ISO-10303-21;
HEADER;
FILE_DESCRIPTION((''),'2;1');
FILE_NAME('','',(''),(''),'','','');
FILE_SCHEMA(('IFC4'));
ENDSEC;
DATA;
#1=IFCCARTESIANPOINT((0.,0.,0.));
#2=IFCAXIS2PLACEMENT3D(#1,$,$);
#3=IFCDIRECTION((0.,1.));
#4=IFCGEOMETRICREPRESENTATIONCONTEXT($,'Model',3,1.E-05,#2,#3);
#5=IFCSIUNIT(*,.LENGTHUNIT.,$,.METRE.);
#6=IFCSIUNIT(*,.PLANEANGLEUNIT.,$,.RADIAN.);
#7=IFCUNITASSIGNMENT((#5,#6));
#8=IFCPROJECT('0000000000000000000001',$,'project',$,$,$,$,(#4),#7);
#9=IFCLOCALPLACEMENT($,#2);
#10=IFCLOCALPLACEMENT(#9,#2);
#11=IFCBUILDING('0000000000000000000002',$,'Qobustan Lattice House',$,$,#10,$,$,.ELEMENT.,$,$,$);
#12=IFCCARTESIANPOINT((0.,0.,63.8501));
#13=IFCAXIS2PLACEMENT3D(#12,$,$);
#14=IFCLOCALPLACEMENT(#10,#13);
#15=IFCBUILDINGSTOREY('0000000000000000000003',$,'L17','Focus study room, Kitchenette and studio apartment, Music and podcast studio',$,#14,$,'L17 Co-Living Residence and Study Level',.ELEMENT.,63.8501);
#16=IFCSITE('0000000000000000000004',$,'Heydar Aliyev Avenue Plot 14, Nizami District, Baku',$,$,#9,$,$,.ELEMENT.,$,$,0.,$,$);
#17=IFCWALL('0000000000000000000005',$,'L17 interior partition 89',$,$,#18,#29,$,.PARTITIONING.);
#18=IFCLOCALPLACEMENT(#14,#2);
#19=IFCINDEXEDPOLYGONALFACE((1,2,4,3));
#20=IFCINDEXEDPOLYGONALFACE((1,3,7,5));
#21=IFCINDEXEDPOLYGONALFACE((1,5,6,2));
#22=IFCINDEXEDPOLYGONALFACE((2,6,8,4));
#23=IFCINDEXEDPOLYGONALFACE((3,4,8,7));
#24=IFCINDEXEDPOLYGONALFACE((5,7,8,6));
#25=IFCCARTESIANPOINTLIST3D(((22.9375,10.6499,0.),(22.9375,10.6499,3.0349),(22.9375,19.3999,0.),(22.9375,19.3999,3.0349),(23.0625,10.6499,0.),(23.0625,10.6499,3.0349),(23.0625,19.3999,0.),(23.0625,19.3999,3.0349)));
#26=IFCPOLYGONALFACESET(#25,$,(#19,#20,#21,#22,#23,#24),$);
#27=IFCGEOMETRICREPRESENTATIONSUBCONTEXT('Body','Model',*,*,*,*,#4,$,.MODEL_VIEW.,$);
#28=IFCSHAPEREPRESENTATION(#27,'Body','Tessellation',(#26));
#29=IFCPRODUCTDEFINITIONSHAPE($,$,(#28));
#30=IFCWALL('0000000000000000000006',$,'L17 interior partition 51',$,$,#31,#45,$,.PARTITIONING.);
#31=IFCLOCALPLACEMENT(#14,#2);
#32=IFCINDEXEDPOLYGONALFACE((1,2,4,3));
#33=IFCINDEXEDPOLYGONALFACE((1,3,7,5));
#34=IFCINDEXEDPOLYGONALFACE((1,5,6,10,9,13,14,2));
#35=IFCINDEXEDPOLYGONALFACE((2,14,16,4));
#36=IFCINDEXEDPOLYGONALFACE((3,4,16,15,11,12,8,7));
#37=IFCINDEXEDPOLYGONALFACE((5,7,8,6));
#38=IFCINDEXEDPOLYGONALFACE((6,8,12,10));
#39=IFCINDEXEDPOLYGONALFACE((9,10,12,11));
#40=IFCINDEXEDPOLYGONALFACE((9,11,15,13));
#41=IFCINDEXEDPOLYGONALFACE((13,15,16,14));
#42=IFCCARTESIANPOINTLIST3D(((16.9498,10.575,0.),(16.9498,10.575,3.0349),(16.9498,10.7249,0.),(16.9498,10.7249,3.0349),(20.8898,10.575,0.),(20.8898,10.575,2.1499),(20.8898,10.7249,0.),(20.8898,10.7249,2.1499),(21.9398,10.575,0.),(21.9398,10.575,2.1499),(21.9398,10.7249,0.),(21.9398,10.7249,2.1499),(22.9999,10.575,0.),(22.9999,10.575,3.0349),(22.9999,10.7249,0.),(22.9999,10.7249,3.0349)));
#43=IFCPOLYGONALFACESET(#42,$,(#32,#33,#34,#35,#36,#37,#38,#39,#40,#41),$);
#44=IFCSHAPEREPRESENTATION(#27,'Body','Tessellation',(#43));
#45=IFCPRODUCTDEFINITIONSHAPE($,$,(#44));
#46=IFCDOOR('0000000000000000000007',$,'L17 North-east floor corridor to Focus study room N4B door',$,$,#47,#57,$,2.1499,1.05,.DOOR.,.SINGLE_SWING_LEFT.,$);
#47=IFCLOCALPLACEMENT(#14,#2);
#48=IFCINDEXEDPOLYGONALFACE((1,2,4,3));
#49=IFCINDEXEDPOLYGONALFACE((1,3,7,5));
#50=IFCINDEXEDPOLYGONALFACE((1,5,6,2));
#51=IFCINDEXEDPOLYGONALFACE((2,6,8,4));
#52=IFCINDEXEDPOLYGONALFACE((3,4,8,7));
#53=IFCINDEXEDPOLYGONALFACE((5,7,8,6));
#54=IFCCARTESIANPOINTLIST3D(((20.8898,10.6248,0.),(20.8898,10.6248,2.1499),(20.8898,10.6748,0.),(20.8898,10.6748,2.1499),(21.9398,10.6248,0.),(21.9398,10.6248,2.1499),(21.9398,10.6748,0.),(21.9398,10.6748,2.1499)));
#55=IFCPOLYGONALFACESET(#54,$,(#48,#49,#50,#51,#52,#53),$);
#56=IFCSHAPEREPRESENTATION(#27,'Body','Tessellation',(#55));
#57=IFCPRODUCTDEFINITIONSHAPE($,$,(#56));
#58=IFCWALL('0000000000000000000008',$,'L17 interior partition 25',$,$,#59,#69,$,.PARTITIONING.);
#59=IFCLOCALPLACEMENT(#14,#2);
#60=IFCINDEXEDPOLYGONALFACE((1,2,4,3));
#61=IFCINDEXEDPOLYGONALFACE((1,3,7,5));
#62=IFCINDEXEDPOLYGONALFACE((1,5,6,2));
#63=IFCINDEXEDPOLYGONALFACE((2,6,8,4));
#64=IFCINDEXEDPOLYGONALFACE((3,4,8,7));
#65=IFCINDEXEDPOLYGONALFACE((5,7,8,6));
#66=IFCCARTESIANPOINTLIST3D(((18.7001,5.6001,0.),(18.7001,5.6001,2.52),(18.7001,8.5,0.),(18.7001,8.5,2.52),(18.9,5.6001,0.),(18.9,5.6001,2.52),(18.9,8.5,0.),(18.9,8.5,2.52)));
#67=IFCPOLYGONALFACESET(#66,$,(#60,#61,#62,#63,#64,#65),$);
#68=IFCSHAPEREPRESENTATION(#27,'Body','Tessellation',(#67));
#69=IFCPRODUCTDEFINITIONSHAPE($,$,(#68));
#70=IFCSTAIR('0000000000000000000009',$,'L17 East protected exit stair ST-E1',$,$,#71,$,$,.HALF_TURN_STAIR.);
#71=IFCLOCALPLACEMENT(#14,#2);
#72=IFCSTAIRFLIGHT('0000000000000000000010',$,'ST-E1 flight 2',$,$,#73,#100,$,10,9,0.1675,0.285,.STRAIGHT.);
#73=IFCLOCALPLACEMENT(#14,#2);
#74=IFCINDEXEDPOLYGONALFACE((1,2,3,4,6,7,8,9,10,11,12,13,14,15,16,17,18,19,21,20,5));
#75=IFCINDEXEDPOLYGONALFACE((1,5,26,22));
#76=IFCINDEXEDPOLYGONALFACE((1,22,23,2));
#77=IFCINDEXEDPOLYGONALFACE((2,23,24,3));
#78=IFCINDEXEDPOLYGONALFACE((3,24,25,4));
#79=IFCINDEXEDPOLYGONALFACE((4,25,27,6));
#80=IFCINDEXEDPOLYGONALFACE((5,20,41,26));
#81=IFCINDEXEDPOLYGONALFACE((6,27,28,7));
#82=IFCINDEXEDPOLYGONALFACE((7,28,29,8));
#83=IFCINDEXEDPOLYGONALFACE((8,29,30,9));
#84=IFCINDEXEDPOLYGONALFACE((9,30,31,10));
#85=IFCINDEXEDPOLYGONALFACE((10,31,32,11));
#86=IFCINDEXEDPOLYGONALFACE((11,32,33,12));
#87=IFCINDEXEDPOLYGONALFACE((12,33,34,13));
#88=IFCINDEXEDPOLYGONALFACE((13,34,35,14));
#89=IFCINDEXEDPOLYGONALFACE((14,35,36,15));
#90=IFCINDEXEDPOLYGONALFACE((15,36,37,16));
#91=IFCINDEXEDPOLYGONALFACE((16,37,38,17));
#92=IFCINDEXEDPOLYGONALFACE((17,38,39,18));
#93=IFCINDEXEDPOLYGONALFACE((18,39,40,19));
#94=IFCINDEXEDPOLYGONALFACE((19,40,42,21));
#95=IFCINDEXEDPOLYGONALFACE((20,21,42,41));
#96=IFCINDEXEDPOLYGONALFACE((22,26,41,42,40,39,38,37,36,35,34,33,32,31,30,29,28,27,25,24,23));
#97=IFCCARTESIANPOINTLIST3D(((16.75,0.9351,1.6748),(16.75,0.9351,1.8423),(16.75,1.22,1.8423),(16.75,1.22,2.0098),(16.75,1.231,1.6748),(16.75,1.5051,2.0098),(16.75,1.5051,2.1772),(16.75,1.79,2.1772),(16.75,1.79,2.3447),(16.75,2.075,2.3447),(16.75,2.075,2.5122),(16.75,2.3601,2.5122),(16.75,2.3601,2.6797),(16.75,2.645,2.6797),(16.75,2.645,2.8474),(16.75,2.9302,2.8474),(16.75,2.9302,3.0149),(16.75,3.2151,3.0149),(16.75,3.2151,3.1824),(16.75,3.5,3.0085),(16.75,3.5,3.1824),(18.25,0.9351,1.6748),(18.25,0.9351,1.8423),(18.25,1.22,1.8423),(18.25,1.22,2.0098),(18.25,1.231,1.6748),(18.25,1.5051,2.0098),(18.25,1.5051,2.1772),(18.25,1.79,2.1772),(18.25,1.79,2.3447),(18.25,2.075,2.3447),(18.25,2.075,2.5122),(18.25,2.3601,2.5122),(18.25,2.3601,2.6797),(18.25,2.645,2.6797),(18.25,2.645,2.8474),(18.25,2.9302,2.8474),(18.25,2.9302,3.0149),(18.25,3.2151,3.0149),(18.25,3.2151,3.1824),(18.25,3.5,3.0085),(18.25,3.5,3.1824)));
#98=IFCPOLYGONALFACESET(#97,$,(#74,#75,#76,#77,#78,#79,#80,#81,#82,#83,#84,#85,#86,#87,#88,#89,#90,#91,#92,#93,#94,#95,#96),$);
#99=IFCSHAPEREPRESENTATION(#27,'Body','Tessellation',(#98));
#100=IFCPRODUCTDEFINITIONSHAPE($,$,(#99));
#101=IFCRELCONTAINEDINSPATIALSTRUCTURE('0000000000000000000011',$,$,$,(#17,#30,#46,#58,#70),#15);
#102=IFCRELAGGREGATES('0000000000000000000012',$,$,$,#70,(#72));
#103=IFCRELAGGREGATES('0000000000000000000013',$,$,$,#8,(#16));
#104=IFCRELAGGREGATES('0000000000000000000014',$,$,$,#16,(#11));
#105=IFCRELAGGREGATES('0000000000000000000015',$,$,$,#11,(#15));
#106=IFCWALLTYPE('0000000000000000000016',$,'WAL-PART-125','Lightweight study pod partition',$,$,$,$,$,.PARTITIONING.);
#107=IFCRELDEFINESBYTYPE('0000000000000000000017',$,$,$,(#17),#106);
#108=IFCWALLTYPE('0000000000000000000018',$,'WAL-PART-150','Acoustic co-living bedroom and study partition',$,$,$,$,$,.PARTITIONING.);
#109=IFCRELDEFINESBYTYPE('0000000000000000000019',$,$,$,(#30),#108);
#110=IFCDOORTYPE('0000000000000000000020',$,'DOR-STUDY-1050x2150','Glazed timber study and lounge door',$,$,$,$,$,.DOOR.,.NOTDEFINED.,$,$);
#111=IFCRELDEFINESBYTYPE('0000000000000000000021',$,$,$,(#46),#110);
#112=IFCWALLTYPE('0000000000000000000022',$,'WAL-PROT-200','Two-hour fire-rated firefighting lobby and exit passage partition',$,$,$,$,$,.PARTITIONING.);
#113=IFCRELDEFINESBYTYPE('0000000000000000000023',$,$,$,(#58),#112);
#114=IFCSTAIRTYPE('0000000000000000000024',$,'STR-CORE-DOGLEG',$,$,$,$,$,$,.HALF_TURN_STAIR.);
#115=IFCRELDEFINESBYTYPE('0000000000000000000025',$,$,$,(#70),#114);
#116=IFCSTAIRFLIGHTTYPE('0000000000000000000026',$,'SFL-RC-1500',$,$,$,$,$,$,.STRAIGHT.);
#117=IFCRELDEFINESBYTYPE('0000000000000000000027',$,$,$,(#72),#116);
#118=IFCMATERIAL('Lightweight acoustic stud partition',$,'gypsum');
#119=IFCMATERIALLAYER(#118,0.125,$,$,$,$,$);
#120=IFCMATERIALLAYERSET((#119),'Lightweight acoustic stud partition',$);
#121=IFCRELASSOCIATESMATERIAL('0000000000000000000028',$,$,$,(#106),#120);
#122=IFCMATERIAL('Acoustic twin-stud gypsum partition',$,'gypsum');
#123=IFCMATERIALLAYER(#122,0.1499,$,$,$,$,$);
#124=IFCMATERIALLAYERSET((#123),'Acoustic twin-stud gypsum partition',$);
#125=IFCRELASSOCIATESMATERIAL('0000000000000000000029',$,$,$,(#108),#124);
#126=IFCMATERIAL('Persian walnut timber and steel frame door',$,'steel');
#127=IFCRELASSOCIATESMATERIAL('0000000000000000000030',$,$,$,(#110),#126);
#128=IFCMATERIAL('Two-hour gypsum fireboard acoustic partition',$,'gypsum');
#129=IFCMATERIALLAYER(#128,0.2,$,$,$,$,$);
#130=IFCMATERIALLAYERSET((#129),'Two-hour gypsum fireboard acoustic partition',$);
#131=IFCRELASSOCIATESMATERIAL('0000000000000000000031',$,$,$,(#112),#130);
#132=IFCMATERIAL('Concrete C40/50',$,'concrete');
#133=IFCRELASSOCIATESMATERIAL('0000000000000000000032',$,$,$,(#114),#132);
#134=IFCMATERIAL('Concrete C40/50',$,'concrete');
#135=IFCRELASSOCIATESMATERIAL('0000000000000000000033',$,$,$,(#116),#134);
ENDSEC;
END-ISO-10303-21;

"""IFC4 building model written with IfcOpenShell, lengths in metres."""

from ifc_helpers import new_model, si_unit, direction, frame, frame_2d, origin, place, context, subcontext, project, spatial, polyline, rectangle, outline, extrude, material, layer, layer_set, type_object, element, fill, aggregate, save


model = new_model("IFC4")

# Units and contexts
model_context = context("Model", 3, precision=1e-05, world=origin(), true_north=direction((0.0, 1.0)))
body_context = subcontext(model_context, "Body", "Model", "MODEL_VIEW")
ifc_project = project(units=[si_unit("LENGTHUNIT", "METRE"), si_unit("PLANEANGLEUNIT", "RADIAN")], contexts=[model_context])

# Site, building, storey
site_placement = place(None, origin())
site = spatial("IfcSite", under=ifc_project, at=site_placement, Name="Heydar Aliyev Avenue Plot 14, Nizami District, Baku", CompositionType="ELEMENT", RefElevation=0.0)
building_placement = place(site_placement, origin())
building = spatial("IfcBuilding", under=site, at=building_placement, Name="Qobustan Lattice House", CompositionType="ELEMENT")
storey_placement = place(building_placement, frame((0.0, 0.0, 63.8501)))
storey = spatial("IfcBuildingStorey", under=building, at=storey_placement, Name="L17", Description="Focus study room, Kitchenette and studio apartment, Music and podcast studio", LongName="L17 Co-Living Residence and Study Level", CompositionType="ELEMENT", Elevation=63.8501)

# Shared definitions
ifc_material_1 = material(Name="Lightweight acoustic stud partition", Category="gypsum")
ifc_layer_1 = layer(ifc_material_1, 0.125)
ifc_layer_set_1 = layer_set([ifc_layer_1], Name="Lightweight acoustic stud partition")
wall_type_1 = type_object("IfcWallType", Name="WAL-PART-125", Description="Lightweight study pod partition", PredefinedType="PARTITIONING", material=ifc_layer_set_1)

# Wall
wall_1_placement = place(storey_placement, frame((23.0, 10.6499, 0.0), z_axis=(0.0, 0.0, 1.0), x_axis=(0.0, 1.0, 0.0)))
element("IfcWall", 1, at=wall_1_placement, inside=storey, type_object=wall_type_1, Name="L17 interior partition 89", PredefinedType="PARTITIONING", context=body_context, shape_type="SweptSolid", body=[
    extrude(rectangle(XDim=8.75, YDim=0.125, at=frame_2d((4.375, 0.0))), origin(), (0.0, 0.0, 1.0), 3.0349),
])

# Wall, opening, door
ifc_material_2 = material(Name="Acoustic twin-stud gypsum partition", Category="gypsum")
ifc_layer_2 = layer(ifc_material_2, 0.1499)
ifc_layer_set_2 = layer_set([ifc_layer_2], Name="Acoustic twin-stud gypsum partition")
wall_type_2 = type_object("IfcWallType", Name="WAL-PART-150", Description="Acoustic co-living bedroom and study partition", PredefinedType="PARTITIONING", material=ifc_layer_set_2)
wall_2_placement = place(storey_placement, frame((16.95, 10.6499, 0.0), z_axis=(0.0, 0.0, 1.0), x_axis=(1.0, 0.0, 0.0)))
wall_2 = element("IfcWall", 2, at=wall_2_placement, inside=storey, type_object=wall_type_2, Name="L17 interior partition 51", PredefinedType="PARTITIONING", context=body_context, shape_type="SweptSolid", body=[
    extrude(rectangle(XDim=6.05, YDim=0.1499, at=frame_2d((3.0249, 0.0))), origin(), (0.0, 0.0, 1.0), 3.0349),
])
opening_1_placement = place(wall_2_placement, frame((3.9399, 0.0, 0.0)))
opening_1 = element("IfcOpeningElement", 3, at=opening_1_placement, cuts=wall_2, PredefinedType="OPENING", context=body_context, shape_type="SweptSolid", body=[
    extrude(rectangle(XDim=1.05, YDim=2.1499, at=frame_2d((0.5249, 1.075))), frame((0.0, 0.085, 0.0), z_axis=(0.0, -1.0, 0.0), x_axis=(1.0, 0.0, 0.0)), (0.0, 0.0, 1.0), 0.1699),
])
ifc_material_3 = material(Name="Persian walnut timber and steel frame door", Category="steel")
door_type_1 = type_object("IfcDoorType", Name="DOR-STUDY-1050x2150", Description="Glazed timber study and lounge door", OperationType="NOTDEFINED", PredefinedType="DOOR", material=ifc_material_3)
door_1_placement = place(opening_1_placement, origin())
door_1 = element("IfcDoor", 4, at=door_1_placement, inside=storey, type_object=door_type_1, Name="L17 North-east floor corridor to Focus study room N4B door", OperationType="SINGLE_SWING_LEFT", OverallHeight=2.1499, OverallWidth=1.05, PredefinedType="DOOR", context=body_context, shape_type="SweptSolid", body=[
    extrude(rectangle(XDim=1.05, YDim=2.1499, at=frame_2d((0.5249, 1.075))), frame((0.0, 0.0249, 0.0), z_axis=(0.0, -1.0, 0.0), x_axis=(1.0, 0.0, 0.0)), (0.0, 0.0, 1.0), 0.05),
])
fill(opening_1, door_1)
ifc_material_4 = material(Name="Two-hour gypsum fireboard acoustic partition", Category="gypsum")
ifc_layer_3 = layer(ifc_material_4, 0.2)
ifc_layer_set_3 = layer_set([ifc_layer_3], Name="Two-hour gypsum fireboard acoustic partition")
wall_type_3 = type_object("IfcWallType", Name="WAL-PROT-200", Description="Two-hour fire-rated firefighting lobby and exit passage partition", PredefinedType="PARTITIONING", material=ifc_layer_set_3)

# Wall
wall_3_placement = place(storey_placement, frame((18.8, 5.6001, 0.0), z_axis=(0.0, 0.0, 1.0), x_axis=(0.0, 1.0, 0.0)))
element("IfcWall", 5, at=wall_3_placement, inside=storey, type_object=wall_type_3, Name="L17 interior partition 25", PredefinedType="PARTITIONING", context=body_context, shape_type="SweptSolid", body=[
    extrude(rectangle(XDim=2.8999, YDim=0.2, at=frame_2d((1.45, 0.0))), origin(), (0.0, 0.0, 1.0), 2.52),
])

# Stair, stair flight
ifc_material_5 = material(Name="Concrete C40/50", Category="concrete")
stair_type = type_object("IfcStairType", Name="STR-CORE-DOGLEG", PredefinedType="HALF_TURN_STAIR", material=ifc_material_5)
stair_placement = place(storey_placement, origin())
stair = element("IfcStair", 6, at=stair_placement, inside=storey, type_object=stair_type, Name="L17 East protected exit stair ST-E1", PredefinedType="HALF_TURN_STAIR")
ifc_material_6 = material(Name="Concrete C40/50", Category="concrete")
stair_flight_type = type_object("IfcStairFlightType", Name="SFL-RC-1500", PredefinedType="STRAIGHT", material=ifc_material_6)
stair_flight_placement = place(storey_placement, frame((17.5, 0.9351, 1.6748), z_axis=(0.0, 0.0, 1.0), x_axis=(0.0, 1.0, 0.0)))
stair_flight = element("IfcStairFlight", 7, at=stair_flight_placement, type_object=stair_flight_type, Name="ST-E1 flight 2", NumberOfRisers=10, NumberOfTreads=9, PredefinedType="STRAIGHT", RiserHeight=0.1675, TreadLength=0.285, context=body_context, shape_type="SweptSolid", body=[
    extrude(outline(polyline([(0.0, 0.0), (0.0, 0.1675), (0.2849, 0.1675), (0.2849, 0.335), (0.5701, 0.335), (0.5701, 0.5024), (0.855, 0.5024), (0.855, 0.6699), (1.1399, 0.6699), (1.1399, 0.8374), (1.425, 0.8374), (1.425, 1.0049), (1.71, 1.0049), (1.71, 1.1726), (1.9951, 1.1726), (1.9951, 1.3401), (2.28, 1.3401), (2.28, 1.5076), (2.5649, 1.5076), (2.5649, 1.675), (2.5649, 1.3337), (0.2959, 0.0), (0.0, 0.0)])), frame((0.0, 0.75, 0.0), z_axis=(0.0, -1.0, 0.0), x_axis=(1.0, 0.0, 0.0)), (0.0, 0.0, 1.0), 1.5),
])
aggregate(stair, [stair_flight])

save(model, "model.ifc")
